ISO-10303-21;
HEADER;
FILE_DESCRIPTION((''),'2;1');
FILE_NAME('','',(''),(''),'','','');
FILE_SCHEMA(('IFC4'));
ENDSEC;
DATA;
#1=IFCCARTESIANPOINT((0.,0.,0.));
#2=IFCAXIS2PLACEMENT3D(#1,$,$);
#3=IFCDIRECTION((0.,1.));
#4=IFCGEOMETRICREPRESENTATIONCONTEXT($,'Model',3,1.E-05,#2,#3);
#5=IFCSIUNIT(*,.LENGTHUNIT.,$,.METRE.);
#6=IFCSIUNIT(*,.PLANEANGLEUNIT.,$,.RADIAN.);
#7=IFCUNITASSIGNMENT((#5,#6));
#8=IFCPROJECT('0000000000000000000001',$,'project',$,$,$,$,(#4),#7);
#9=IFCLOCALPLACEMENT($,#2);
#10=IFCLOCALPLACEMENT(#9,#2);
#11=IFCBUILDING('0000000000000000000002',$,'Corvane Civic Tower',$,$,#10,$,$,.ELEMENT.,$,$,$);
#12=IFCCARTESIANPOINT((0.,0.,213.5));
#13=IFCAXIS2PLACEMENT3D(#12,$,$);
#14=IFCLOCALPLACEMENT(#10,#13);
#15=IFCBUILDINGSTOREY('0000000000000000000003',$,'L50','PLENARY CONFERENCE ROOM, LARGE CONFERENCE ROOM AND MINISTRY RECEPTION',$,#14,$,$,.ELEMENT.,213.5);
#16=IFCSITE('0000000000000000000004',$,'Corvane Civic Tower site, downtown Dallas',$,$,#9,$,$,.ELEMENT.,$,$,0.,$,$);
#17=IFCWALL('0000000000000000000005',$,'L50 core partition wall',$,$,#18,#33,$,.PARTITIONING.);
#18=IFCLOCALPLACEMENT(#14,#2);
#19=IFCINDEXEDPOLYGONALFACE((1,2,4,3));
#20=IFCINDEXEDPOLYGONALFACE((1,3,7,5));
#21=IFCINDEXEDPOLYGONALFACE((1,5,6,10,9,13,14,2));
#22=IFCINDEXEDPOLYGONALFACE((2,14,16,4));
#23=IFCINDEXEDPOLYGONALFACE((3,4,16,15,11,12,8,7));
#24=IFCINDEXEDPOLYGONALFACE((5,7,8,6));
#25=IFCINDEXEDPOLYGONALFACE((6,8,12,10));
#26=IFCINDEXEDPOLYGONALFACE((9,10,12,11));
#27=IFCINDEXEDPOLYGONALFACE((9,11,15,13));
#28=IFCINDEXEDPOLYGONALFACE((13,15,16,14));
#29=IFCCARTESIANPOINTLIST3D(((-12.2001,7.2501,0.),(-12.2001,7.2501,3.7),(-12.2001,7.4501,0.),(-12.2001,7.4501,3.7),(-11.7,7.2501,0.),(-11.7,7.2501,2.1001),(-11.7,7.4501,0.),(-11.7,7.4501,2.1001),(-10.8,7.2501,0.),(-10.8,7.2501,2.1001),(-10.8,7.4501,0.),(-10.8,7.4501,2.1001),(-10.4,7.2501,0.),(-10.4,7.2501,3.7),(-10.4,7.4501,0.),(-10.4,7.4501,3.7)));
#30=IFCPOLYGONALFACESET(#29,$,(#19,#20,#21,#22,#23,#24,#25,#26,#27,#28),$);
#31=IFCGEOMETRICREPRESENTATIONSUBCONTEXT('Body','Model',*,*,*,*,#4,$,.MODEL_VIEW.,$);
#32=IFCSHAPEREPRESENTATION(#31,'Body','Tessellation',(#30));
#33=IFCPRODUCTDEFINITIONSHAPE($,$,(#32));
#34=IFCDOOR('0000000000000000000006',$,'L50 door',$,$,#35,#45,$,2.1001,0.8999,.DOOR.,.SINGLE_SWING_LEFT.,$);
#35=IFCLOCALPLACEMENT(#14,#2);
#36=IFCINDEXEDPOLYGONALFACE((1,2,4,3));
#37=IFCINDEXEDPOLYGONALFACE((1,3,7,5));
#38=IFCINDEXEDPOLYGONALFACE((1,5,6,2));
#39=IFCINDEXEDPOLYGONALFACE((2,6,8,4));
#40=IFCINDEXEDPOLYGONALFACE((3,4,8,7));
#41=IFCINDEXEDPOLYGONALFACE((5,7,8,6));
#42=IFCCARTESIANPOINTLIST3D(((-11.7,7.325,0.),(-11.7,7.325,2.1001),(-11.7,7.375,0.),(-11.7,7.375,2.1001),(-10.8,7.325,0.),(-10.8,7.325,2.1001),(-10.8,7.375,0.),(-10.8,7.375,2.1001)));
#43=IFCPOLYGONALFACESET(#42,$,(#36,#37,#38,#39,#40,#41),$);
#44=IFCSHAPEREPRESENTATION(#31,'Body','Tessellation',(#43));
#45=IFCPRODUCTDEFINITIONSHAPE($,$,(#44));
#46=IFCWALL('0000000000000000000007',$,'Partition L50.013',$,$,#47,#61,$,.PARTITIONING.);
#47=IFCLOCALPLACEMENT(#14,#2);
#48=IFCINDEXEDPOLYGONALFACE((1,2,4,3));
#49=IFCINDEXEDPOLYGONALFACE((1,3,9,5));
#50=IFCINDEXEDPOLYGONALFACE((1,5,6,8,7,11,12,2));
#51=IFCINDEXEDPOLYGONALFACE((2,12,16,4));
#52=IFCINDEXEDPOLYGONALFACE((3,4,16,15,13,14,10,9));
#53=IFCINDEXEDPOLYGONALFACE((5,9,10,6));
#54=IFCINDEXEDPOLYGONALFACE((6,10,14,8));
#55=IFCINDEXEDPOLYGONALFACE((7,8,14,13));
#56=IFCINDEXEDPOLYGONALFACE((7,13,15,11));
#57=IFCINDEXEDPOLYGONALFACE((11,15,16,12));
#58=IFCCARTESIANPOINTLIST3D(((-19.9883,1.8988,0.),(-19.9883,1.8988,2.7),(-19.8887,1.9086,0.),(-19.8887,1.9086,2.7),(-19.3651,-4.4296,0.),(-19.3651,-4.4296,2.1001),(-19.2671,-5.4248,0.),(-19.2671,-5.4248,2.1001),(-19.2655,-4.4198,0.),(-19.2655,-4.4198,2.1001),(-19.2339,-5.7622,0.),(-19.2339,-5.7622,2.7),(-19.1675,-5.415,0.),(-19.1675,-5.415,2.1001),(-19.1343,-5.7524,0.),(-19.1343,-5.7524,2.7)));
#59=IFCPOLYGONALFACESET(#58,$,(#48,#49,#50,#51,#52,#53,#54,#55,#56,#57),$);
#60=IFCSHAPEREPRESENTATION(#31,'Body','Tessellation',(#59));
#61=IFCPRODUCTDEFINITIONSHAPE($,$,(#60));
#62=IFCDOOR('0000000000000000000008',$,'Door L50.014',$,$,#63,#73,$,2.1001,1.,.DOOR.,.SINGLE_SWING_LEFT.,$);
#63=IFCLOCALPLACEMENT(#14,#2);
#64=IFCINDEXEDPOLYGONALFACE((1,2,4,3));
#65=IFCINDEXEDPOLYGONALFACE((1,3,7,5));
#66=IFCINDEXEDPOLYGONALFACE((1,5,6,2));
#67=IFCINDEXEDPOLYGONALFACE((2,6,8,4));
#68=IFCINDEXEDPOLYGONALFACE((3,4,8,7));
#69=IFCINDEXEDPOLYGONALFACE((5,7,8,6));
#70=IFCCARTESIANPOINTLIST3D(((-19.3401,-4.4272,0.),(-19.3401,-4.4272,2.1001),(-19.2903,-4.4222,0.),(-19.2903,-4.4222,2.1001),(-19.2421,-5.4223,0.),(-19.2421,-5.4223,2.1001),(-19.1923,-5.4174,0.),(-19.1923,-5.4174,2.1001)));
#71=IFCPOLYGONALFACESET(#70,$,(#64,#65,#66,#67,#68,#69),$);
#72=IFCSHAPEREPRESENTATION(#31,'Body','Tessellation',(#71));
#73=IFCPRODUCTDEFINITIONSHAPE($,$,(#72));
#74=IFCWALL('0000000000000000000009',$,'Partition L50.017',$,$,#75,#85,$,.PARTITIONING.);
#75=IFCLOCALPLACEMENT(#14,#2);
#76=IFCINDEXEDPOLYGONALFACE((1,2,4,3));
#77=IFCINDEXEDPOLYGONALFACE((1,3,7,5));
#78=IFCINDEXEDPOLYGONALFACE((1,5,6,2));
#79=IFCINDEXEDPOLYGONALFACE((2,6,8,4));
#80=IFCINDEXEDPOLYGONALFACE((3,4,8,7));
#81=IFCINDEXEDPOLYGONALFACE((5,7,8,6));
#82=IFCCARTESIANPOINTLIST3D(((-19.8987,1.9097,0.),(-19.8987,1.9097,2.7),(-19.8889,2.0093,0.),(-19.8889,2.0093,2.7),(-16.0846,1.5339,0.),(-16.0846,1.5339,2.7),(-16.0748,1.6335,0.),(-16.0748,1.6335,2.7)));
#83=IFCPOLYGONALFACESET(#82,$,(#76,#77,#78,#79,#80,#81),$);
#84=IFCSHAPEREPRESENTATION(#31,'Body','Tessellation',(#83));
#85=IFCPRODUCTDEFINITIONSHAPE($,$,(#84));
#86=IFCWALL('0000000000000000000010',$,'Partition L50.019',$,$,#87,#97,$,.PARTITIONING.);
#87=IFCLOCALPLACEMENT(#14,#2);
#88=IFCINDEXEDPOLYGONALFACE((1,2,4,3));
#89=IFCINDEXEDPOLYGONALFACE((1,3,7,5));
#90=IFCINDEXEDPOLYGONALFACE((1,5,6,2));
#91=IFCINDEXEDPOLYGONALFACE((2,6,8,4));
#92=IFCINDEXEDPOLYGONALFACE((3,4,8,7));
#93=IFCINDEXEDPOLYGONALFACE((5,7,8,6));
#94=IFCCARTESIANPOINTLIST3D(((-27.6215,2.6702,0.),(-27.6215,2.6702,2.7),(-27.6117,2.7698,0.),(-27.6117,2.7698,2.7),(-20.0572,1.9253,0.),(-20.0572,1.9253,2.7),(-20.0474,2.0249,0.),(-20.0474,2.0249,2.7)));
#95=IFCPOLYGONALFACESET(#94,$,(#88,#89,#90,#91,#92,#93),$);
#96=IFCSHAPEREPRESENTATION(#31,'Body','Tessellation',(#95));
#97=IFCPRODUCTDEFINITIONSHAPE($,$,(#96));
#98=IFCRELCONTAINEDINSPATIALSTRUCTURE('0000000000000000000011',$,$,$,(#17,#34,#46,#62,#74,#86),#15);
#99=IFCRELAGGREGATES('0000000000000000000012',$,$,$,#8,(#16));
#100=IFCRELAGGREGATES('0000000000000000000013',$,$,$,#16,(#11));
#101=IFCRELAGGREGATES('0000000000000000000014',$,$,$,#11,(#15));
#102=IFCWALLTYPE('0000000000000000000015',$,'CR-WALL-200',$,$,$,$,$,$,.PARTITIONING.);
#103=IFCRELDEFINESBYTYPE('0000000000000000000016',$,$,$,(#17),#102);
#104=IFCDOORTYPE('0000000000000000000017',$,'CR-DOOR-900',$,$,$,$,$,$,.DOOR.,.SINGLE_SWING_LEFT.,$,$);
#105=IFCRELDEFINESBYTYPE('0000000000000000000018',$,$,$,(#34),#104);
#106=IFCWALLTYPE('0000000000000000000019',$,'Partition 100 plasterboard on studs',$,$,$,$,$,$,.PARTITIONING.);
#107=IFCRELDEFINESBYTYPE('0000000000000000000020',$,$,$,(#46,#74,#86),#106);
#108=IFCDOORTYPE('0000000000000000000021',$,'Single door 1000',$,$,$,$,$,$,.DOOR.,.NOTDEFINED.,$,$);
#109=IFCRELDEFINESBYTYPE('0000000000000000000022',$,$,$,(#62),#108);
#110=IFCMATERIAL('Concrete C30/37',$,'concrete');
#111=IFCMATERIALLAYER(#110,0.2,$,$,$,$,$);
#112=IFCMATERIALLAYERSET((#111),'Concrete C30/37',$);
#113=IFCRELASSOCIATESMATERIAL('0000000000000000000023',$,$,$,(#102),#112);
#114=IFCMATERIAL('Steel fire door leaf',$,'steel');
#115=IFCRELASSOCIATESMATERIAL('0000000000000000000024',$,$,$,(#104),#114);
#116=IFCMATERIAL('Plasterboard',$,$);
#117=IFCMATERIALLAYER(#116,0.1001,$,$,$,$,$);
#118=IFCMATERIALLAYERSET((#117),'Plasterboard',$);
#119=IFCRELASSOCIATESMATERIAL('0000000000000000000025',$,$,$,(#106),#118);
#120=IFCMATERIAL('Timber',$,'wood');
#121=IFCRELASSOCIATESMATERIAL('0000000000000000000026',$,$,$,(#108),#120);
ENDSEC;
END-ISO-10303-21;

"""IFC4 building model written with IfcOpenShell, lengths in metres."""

from ifc_helpers import new_model, si_unit, direction, frame, frame_2d, origin, place, context, subcontext, project, spatial, rectangle, extrude, material, layer, layer_set, type_object, element, fill, save


model = new_model("IFC4")

# Units and contexts
model_context = context("Model", 3, precision=1e-05, world=origin(), true_north=direction((0.0, 1.0)))
body_context = subcontext(model_context, "Body", "Model", "MODEL_VIEW")
ifc_project = project(units=[si_unit("LENGTHUNIT", "METRE"), si_unit("PLANEANGLEUNIT", "RADIAN")], contexts=[model_context])

# Site, building, storey
site_placement = place(None, origin())
site = spatial("IfcSite", under=ifc_project, at=site_placement, Name="Corvane Civic Tower site, downtown Dallas", CompositionType="ELEMENT", RefElevation=0.0)
building_placement = place(site_placement, origin())
building = spatial("IfcBuilding", under=site, at=building_placement, Name="Corvane Civic Tower", CompositionType="ELEMENT")
storey_placement = place(building_placement, frame((0.0, 0.0, 213.5)))
storey = spatial("IfcBuildingStorey", under=building, at=storey_placement, Name="L50", Description="PLENARY CONFERENCE ROOM, LARGE CONFERENCE ROOM AND MINISTRY RECEPTION", CompositionType="ELEMENT", Elevation=213.5)

# Shared definitions
ifc_material_1 = material(Name="Concrete C30/37", Category="concrete")
ifc_layer_1 = layer(ifc_material_1, 0.2)
ifc_layer_set_1 = layer_set([ifc_layer_1], Name="Concrete C30/37")
wall_type_1 = type_object("IfcWallType", Name="CR-WALL-200", PredefinedType="PARTITIONING", material=ifc_layer_set_1)
ifc_material_2 = material(Name="Steel fire door leaf", Category="steel")
door_type_1 = type_object("IfcDoorType", Name="CR-DOOR-900", OperationType="SINGLE_SWING_LEFT", PredefinedType="DOOR", material=ifc_material_2)

# Walls, openings, doors
wall_1_placement = place(storey_placement, frame((-12.2, 7.3501, 0.0), z_axis=(0.0, 0.0, 1.0), x_axis=(1.0, 0.0, 0.0)))
wall_1 = element("IfcWall", 1, at=wall_1_placement, inside=storey, type_object=wall_type_1, Name="L50 core partition wall", PredefinedType="PARTITIONING", context=body_context, shape_type="SweptSolid", body=[
    extrude(rectangle(XDim=1.8, YDim=0.2, at=frame_2d((0.8999, 0.0))), origin(), (0.0, 0.0, 1.0), 3.7),
])
opening_1_placement = place(wall_1_placement, frame((0.5, 0.0, 0.0)))
opening_1 = element("IfcOpeningElement", 2, at=opening_1_placement, cuts=wall_1, PredefinedType="OPENING", context=body_context, shape_type="SweptSolid", body=[
    extrude(rectangle(XDim=0.8999, YDim=2.1001, at=frame_2d((0.45, 1.05))), frame((0.0, 0.1099, 0.0), z_axis=(0.0, -1.0, 0.0), x_axis=(1.0, 0.0, 0.0)), (0.0, 0.0, 1.0), 0.22),
])
door_1_placement = place(opening_1_placement, origin())
door_1 = element("IfcDoor", 3, at=door_1_placement, inside=storey, type_object=door_type_1, Name="L50 door", OperationType="SINGLE_SWING_LEFT", OverallHeight=2.1001, OverallWidth=0.8999, PredefinedType="DOOR", context=body_context, shape_type="SweptSolid", body=[
    extrude(rectangle(XDim=0.8999, YDim=2.1001, at=frame_2d((0.45, 1.05))), frame((0.0, 0.0249, 0.0), z_axis=(0.0, -1.0, 0.0), x_axis=(1.0, 0.0, 0.0)), (0.0, 0.0, 1.0), 0.05),
])
fill(opening_1, door_1)
ifc_material_3 = material(Name="Plasterboard")
ifc_layer_2 = layer(ifc_material_3, 0.1001)
ifc_layer_set_2 = layer_set([ifc_layer_2], Name="Plasterboard")
wall_type_2 = type_object("IfcWallType", Name="Partition 100 plasterboard on studs", PredefinedType="PARTITIONING", material=ifc_layer_set_2)
wall_2_placement = place(storey_placement, frame((-19.9385, 1.9038, 0.0), z_axis=(0.0, 0.0, 1.0), x_axis=(0.097999, -0.995186, 0.0)))
wall_2 = element("IfcWall", 4, at=wall_2_placement, inside=storey, type_object=wall_type_2, Name="Partition L50.013", PredefinedType="PARTITIONING", context=body_context, shape_type="SweptSolid", body=[
    extrude(rectangle(XDim=7.698, YDim=0.1001, at=frame_2d((3.8491, 0.0))), origin(), (0.0, 0.0, 1.0), 2.7),
])
opening_2_placement = place(wall_2_placement, frame((6.3591, 0.0, 0.0)))
opening_2 = element("IfcOpeningElement", 5, at=opening_2_placement, cuts=wall_2, PredefinedType="OPENING", context=body_context, shape_type="SweptSolid", body=[
    extrude(rectangle(XDim=1.0, YDim=2.1001, at=frame_2d((0.5, 1.05))), frame((0.0, 0.0601, 0.0), z_axis=(0.0, -1.0, 0.0), x_axis=(1.0, 0.0, 0.0)), (0.0, 0.0, 1.0), 0.1201),
])
ifc_material_4 = material(Name="Timber", Category="wood")
door_type_2 = type_object("IfcDoorType", Name="Single door 1000", OperationType="NOTDEFINED", PredefinedType="DOOR", material=ifc_material_4)
door_2_placement = place(opening_2_placement, frame((1.0, 0.0, 0.0), z_axis=(0.0, 0.0, 1.0), x_axis=(-1.0, 0.0, 0.0)))
door_2 = element("IfcDoor", 6, at=door_2_placement, inside=storey, type_object=door_type_2, Name="Door L50.014", OperationType="SINGLE_SWING_LEFT", OverallHeight=2.1001, OverallWidth=1.0, PredefinedType="DOOR", context=body_context, shape_type="SweptSolid", body=[
    extrude(rectangle(XDim=1.0, YDim=2.1001, at=frame_2d((0.5, 1.05))), frame((0.0, 0.0249, 0.0), z_axis=(0.0, -1.0, 0.0), x_axis=(1.0, 0.0, 0.0)), (0.0, 0.0, 1.0), 0.05),
])
fill(opening_2, door_2)

# Walls
wall_3_placement = place(storey_placement, frame((-19.8938, 1.9595, 0.0), z_axis=(0.0, 0.0, 1.0), x_axis=(0.995182, -0.09804, 0.0)))
element("IfcWall", 7, at=wall_3_placement, inside=storey, type_object=wall_type_2, Name="Partition L50.017", PredefinedType="PARTITIONING", context=body_context, shape_type="SweptSolid", body=[
    extrude(rectangle(XDim=3.8325, YDim=0.1001, at=frame_2d((1.9163, 0.0))), origin(), (0.0, 0.0, 1.0), 2.7),
])
wall_4_placement = place(storey_placement, frame((-27.6165, 2.72, 0.0), z_axis=(0.0, 0.0, 1.0), x_axis=(0.995186, -0.097999, 0.0)))
element("IfcWall", 8, at=wall_4_placement, inside=storey, type_object=wall_type_2, Name="Partition L50.019", PredefinedType="PARTITIONING", context=body_context, shape_type="SweptSolid", body=[
    extrude(rectangle(XDim=7.6008, YDim=0.1001, at=frame_2d((3.8003, 0.0))), origin(), (0.0, 0.0, 1.0), 2.7),
])

save(model, "model.ifc")
